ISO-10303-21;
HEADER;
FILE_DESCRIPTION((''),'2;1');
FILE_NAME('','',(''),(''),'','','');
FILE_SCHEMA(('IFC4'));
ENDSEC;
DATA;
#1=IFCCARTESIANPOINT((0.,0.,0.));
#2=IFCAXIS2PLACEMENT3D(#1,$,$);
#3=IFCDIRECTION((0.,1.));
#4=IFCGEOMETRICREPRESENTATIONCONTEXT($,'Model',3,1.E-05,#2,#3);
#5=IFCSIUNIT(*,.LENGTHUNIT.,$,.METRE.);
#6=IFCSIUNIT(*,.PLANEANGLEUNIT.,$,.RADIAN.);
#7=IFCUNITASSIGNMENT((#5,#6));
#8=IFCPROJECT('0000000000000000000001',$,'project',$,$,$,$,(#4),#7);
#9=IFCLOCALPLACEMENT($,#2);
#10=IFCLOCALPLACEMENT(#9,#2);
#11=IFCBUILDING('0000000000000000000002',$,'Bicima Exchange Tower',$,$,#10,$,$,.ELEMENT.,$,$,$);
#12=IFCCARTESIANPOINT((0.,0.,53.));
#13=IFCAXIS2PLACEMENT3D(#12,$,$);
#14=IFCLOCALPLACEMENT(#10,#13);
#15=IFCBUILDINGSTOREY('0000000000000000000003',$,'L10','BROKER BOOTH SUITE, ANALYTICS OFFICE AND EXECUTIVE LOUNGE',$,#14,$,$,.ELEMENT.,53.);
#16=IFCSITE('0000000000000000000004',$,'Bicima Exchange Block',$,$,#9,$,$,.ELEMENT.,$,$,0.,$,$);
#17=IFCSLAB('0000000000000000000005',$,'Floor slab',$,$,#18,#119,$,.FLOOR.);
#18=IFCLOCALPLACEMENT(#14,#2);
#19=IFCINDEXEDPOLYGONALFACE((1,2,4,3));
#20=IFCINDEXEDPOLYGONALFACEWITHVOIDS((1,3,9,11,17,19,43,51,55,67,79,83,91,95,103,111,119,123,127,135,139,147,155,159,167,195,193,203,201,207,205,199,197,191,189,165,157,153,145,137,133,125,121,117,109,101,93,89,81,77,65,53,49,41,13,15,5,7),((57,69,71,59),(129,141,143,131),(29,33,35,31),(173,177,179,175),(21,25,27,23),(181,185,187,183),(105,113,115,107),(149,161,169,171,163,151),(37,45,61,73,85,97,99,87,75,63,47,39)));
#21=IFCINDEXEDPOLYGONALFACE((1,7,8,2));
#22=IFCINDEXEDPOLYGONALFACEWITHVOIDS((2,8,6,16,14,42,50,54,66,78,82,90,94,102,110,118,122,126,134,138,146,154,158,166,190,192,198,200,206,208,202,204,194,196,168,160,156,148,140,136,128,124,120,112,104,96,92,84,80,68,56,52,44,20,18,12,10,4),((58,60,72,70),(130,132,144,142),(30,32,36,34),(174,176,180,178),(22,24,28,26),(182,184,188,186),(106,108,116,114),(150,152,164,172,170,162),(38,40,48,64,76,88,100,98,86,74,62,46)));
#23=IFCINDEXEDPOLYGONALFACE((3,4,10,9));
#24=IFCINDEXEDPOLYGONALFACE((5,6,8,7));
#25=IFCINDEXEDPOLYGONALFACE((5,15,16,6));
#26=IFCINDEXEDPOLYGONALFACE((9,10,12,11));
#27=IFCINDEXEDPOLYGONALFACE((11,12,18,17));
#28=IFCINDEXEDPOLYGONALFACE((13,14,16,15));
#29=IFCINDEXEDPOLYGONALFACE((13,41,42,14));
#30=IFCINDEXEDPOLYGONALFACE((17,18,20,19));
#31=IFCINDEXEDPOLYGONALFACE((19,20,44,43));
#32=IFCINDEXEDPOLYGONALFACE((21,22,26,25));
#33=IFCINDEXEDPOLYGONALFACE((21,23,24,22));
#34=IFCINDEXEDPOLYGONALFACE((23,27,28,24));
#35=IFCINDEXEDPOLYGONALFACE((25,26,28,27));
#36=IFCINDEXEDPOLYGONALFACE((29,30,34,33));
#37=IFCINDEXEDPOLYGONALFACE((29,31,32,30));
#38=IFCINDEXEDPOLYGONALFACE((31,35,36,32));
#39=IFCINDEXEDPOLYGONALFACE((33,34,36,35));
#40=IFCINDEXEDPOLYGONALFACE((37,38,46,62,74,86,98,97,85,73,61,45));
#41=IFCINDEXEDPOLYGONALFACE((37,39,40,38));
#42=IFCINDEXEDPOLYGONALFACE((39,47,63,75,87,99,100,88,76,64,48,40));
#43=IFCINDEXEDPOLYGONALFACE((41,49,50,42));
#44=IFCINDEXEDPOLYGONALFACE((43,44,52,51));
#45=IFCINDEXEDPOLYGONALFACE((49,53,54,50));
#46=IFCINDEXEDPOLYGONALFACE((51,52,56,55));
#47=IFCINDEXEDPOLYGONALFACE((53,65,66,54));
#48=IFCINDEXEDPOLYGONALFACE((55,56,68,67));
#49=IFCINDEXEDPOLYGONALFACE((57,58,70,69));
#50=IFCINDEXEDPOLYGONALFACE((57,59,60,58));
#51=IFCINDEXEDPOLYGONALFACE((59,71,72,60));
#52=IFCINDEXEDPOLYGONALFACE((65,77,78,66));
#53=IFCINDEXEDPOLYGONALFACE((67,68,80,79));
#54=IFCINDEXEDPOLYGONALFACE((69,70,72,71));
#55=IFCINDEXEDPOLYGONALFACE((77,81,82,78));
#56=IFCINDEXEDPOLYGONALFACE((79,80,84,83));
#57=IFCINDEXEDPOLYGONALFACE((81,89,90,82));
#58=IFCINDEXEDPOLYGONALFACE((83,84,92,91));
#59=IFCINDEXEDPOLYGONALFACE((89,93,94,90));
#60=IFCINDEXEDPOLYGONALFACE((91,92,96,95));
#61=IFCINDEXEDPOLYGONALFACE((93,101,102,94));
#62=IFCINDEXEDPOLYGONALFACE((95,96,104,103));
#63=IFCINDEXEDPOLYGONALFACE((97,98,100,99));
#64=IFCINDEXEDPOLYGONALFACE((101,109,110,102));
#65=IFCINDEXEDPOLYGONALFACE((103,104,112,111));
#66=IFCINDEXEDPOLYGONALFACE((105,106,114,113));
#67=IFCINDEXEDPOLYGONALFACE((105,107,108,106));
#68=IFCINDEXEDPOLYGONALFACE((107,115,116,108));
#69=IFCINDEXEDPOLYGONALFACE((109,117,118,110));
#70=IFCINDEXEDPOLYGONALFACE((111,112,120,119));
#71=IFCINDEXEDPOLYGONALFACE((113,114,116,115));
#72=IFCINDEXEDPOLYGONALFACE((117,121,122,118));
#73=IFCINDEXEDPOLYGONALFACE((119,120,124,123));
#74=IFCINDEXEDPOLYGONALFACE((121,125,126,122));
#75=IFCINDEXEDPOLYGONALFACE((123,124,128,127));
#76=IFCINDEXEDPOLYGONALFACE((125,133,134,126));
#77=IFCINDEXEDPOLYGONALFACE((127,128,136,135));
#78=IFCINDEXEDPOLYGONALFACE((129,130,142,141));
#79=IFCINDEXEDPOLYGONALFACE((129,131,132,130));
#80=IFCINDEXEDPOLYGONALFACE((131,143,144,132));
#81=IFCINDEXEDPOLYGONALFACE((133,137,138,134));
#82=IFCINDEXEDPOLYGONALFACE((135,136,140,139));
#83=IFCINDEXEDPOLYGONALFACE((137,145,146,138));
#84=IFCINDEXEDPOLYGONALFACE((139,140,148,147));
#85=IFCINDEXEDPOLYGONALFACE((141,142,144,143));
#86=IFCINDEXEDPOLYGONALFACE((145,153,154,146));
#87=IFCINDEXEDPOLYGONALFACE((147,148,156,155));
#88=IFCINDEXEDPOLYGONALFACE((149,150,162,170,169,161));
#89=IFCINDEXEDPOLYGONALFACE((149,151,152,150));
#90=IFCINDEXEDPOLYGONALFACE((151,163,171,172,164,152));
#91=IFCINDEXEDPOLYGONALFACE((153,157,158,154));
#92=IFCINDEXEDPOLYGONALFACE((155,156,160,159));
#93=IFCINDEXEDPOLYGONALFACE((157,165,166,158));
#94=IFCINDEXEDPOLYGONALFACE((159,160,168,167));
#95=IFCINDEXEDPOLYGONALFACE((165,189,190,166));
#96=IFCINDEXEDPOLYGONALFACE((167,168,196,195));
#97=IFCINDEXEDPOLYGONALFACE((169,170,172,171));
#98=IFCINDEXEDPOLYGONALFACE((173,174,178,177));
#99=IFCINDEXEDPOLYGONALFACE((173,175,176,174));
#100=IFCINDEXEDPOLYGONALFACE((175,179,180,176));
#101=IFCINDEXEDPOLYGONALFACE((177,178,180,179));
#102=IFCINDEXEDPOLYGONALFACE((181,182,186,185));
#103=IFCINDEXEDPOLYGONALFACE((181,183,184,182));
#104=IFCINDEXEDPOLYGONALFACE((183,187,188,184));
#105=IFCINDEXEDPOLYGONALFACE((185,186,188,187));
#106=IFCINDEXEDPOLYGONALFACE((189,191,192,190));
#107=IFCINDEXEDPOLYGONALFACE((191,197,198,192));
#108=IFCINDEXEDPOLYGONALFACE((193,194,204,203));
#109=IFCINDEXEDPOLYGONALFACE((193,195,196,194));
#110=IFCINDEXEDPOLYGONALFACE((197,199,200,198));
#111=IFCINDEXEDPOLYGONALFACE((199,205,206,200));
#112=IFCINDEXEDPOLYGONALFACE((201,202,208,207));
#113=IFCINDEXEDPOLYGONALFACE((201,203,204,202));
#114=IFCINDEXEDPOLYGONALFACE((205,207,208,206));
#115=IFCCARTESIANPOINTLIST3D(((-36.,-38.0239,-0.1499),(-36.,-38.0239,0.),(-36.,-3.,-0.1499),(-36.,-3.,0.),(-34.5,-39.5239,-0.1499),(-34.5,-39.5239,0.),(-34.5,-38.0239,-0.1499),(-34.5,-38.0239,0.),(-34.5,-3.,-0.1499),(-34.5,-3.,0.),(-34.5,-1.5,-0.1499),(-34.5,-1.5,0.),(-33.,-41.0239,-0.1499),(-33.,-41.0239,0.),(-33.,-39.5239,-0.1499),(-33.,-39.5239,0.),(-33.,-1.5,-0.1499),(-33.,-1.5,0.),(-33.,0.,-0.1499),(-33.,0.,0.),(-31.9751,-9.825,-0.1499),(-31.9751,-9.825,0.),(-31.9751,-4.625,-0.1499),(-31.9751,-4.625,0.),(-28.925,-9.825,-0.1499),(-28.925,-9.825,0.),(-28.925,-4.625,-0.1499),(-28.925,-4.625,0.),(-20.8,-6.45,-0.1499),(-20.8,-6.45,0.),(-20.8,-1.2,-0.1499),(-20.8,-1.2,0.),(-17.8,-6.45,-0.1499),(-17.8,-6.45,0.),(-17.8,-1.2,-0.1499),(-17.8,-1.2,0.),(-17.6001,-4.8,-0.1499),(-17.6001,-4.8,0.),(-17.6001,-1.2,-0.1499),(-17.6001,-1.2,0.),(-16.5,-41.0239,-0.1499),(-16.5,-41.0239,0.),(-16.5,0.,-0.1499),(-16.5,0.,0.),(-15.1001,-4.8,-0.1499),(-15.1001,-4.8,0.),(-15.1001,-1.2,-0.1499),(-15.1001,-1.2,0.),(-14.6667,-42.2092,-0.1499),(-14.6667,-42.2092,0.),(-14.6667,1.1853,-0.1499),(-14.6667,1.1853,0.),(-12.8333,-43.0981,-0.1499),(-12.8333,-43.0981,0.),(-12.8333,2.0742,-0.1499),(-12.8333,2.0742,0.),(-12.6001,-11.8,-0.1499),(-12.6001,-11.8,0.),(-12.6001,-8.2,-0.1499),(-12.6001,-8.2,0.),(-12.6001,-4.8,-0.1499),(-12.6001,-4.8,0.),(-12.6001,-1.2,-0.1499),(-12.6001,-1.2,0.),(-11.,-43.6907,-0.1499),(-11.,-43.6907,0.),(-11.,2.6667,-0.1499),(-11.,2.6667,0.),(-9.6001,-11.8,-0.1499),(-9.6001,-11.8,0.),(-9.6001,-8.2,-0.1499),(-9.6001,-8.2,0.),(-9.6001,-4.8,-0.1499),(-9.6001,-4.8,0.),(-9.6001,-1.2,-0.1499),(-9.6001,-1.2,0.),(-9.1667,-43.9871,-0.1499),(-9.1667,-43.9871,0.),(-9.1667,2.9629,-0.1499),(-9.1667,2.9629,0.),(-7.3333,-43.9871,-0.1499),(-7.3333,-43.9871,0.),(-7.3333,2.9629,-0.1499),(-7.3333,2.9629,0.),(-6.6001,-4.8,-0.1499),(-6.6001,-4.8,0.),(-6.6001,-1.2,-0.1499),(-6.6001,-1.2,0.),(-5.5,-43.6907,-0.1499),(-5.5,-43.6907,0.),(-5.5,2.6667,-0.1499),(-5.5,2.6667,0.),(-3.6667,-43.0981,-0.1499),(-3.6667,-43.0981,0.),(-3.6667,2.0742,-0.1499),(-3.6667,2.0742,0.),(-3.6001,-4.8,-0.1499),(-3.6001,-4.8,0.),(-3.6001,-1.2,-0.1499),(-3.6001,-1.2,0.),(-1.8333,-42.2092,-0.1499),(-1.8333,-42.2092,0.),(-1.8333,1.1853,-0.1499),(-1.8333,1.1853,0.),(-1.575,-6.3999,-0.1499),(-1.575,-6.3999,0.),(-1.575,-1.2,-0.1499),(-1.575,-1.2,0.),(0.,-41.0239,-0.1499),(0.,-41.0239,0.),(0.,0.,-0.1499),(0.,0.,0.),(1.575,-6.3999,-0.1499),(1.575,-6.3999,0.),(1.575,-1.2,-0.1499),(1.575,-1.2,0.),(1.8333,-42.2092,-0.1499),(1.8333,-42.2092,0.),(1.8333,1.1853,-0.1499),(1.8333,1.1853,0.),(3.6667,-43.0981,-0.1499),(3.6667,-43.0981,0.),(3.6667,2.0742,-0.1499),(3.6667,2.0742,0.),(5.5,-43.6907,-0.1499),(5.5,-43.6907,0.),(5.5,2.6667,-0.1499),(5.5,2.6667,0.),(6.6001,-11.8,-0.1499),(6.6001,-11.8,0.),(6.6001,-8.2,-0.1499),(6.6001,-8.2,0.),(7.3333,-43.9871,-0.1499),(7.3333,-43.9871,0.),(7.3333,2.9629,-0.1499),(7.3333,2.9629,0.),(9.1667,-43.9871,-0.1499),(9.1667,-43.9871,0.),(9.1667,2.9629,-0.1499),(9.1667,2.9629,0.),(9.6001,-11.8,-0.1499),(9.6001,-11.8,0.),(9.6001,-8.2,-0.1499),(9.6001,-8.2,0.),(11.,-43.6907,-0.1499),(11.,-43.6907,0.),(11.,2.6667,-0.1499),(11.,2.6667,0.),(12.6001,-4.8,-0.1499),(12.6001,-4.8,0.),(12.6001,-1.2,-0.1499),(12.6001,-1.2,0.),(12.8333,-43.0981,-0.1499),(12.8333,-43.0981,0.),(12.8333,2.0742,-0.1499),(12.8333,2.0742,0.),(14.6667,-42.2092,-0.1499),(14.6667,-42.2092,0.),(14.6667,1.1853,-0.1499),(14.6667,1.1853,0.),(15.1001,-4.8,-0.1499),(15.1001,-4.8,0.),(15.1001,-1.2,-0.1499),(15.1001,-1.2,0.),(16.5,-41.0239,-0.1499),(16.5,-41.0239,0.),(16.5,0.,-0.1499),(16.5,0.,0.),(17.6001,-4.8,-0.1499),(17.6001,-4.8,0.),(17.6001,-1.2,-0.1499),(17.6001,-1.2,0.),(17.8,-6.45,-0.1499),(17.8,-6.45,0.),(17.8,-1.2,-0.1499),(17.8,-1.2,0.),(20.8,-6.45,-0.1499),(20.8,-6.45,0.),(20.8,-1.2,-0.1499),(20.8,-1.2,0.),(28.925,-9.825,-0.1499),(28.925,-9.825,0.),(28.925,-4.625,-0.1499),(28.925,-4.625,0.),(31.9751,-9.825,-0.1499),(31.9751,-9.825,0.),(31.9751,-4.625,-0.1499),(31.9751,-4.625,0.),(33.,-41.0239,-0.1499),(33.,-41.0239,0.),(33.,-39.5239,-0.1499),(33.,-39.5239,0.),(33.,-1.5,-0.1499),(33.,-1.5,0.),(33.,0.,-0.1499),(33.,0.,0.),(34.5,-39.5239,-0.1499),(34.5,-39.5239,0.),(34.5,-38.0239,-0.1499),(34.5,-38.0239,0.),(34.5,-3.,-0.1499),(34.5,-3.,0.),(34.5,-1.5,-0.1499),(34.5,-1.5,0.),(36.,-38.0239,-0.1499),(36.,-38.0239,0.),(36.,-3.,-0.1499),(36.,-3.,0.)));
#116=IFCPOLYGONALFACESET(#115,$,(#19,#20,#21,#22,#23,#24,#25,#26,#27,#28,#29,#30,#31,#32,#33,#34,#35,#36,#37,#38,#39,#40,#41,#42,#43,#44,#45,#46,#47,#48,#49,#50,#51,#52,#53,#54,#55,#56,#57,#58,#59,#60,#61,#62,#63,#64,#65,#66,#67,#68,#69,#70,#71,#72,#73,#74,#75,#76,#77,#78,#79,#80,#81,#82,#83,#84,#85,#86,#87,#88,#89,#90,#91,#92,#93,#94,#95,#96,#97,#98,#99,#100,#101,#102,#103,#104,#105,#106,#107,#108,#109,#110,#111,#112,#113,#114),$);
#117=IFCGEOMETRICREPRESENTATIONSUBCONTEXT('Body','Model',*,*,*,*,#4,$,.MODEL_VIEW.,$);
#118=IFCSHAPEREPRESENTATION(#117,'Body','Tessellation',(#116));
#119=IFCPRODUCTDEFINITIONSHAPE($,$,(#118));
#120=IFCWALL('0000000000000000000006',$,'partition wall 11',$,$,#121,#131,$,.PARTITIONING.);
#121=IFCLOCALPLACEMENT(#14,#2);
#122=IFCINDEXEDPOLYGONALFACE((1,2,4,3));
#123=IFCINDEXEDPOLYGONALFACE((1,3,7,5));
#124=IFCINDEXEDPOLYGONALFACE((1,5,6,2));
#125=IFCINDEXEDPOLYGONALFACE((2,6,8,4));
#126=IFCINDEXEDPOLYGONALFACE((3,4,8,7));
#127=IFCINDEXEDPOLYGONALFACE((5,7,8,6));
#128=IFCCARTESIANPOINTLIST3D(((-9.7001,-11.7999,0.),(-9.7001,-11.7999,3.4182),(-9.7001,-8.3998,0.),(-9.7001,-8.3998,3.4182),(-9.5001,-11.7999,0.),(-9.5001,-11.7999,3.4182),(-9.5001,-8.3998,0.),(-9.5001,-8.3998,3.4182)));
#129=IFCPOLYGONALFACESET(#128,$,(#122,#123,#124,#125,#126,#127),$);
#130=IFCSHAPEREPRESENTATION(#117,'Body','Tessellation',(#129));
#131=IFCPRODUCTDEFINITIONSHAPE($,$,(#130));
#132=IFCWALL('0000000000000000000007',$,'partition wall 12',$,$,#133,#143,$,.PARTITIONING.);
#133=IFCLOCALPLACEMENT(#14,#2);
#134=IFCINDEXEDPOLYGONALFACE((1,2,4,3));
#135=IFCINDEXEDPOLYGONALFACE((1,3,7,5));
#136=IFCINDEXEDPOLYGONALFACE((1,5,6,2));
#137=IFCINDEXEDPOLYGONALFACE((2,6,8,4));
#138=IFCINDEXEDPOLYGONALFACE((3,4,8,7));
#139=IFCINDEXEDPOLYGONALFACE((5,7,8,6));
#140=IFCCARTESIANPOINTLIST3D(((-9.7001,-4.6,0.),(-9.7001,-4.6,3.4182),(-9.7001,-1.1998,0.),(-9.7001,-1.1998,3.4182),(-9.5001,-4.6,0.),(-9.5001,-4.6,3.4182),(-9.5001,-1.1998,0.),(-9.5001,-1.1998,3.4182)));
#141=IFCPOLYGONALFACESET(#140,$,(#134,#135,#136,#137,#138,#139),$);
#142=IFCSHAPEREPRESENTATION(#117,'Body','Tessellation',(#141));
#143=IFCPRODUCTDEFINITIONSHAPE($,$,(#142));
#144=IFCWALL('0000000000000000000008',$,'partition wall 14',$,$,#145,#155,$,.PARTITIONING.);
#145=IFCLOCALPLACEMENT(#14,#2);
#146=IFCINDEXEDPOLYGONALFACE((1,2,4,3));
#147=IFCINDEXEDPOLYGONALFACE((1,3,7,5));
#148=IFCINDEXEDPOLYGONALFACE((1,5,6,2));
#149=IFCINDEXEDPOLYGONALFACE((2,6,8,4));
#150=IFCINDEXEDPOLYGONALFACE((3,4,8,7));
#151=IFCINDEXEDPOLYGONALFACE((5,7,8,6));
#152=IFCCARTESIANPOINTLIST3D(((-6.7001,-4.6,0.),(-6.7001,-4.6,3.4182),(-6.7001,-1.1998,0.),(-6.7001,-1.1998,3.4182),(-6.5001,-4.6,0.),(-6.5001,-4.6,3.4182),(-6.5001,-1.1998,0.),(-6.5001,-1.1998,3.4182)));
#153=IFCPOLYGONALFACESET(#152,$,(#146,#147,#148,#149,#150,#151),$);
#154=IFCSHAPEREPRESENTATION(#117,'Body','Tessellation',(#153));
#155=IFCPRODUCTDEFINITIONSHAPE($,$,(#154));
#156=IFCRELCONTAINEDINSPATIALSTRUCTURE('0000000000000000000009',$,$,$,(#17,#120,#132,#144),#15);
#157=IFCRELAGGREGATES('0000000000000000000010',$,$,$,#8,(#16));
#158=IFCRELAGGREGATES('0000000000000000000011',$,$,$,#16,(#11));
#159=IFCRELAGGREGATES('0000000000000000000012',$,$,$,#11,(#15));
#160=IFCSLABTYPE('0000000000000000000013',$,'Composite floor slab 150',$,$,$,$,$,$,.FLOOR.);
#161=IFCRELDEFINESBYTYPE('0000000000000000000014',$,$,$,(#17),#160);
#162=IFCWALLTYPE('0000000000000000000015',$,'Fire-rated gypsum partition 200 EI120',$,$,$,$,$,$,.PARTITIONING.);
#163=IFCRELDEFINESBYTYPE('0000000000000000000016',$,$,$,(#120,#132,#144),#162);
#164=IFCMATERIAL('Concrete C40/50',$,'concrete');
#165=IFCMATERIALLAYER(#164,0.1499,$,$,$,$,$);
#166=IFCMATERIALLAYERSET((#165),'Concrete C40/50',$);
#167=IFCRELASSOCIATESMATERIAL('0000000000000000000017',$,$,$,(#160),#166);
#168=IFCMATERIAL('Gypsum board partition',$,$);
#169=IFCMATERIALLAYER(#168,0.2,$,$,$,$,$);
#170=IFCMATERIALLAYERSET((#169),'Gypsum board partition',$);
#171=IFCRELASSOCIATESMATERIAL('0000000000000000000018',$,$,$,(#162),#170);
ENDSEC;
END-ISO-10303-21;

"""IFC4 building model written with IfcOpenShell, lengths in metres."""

from ifc_helpers import new_model, si_unit, direction, frame, frame_2d, origin, place, context, subcontext, project, spatial, polyline, rectangle, outline, extrude, material, layer, layer_set, type_object, element, save


model = new_model("IFC4")

# Units and contexts
model_context = context("Model", 3, precision=1e-05, world=origin(), true_north=direction((0.0, 1.0)))
body_context = subcontext(model_context, "Body", "Model", "MODEL_VIEW")
ifc_project = project(units=[si_unit("LENGTHUNIT", "METRE"), si_unit("PLANEANGLEUNIT", "RADIAN")], contexts=[model_context])

# Site, building, storey
site_placement = place(None, origin())
site = spatial("IfcSite", under=ifc_project, at=site_placement, Name="Bicima Exchange Block", CompositionType="ELEMENT", RefElevation=0.0)
building_placement = place(site_placement, origin())
building = spatial("IfcBuilding", under=site, at=building_placement, Name="Bicima Exchange Tower", CompositionType="ELEMENT")
storey_placement = place(building_placement, frame((0.0, 0.0, 53.0)))
storey = spatial("IfcBuildingStorey", under=building, at=storey_placement, Name="L10", Description="BROKER BOOTH SUITE, ANALYTICS OFFICE AND EXECUTIVE LOUNGE", CompositionType="ELEMENT", Elevation=53.0)

# Slab
ifc_material_1 = material(Name="Concrete C40/50", Category="concrete")
ifc_layer_1 = layer(ifc_material_1, 0.1499)
ifc_layer_set_1 = layer_set([ifc_layer_1], Name="Concrete C40/50")
slab_type = type_object("IfcSlabType", Name="Composite floor slab 150", PredefinedType="FLOOR", material=ifc_layer_set_1)
slab_placement = place(storey_placement, frame((0.0, 0.0, -0.1499)))
element("IfcSlab", 1, at=slab_placement, inside=storey, type_object=slab_type, Name="Floor slab", PredefinedType="FLOOR", context=body_context, shape_type="SweptSolid", body=[
    extrude(outline(polyline([(-36.0, -38.0239), (-36.0, -3.0), (-34.5, -3.0), (-34.5, -1.5), (-33.0, -1.5), (-33.0, 0.0), (-16.5, 0.0), (-14.6667, 1.1853), (-12.8333, 2.0742), (-11.0, 2.6667), (-9.1667, 2.9629), (-7.3333, 2.9629), (-5.5, 2.6667), (-3.6667, 2.0742), (-1.8333, 1.1853), (0.0, 0.0), (1.8333, 1.1853), (3.6667, 2.0742), (5.5, 2.6667), (7.3333, 2.9629), (9.1667, 2.9629), (11.0, 2.6667), (12.8333, 2.0742), (14.6667, 1.1853), (16.5, 0.0), (33.0, 0.0), (33.0, -1.5), (34.5, -1.5), (34.5, -3.0), (36.0, -3.0), (36.0, -38.0239), (34.5, -38.0239), (34.5, -39.5239), (33.0, -39.5239), (33.0, -41.0239), (16.5, -41.0239), (14.6667, -42.2092), (12.8333, -43.0981), (11.0, -43.6907), (9.1667, -43.9871), (7.3333, -43.9871), (5.5, -43.6907), (3.6667, -43.0981), (1.8333, -42.2092), (0.0, -41.0239), (-1.8333, -42.2092), (-3.6667, -43.0981), (-5.5, -43.6907), (-7.3333, -43.9871), (-9.1667, -43.9871), (-11.0, -43.6907), (-12.8333, -43.0981), (-14.6667, -42.2092), (-16.5, -41.0239), (-33.0, -41.0239), (-33.0, -39.5239), (-34.5, -39.5239), (-34.5, -38.0239), (-36.0, -38.0239)]), holes=[polyline([(-9.6001, -11.8), (-9.6001, -8.2), (-12.6001, -8.2), (-12.6001, -11.8), (-9.6001, -11.8)]), polyline([(-31.9751, -9.825), (-28.925, -9.825), (-28.925, -4.625), (-31.9751, -4.625), (-31.9751, -9.825)]), polyline([(-20.8, -6.45), (-17.8, -6.45), (-17.8, -1.2), (-20.8, -1.2), (-20.8, -6.45)]), polyline([(-9.6001, -1.2), (-12.6001, -1.2), (-15.1001, -1.2), (-17.6001, -1.2), (-17.6001, -4.8), (-15.1001, -4.8), (-12.6001, -4.8), (-9.6001, -4.8), (-6.6001, -4.8), (-3.6001, -4.8), (-3.6001, -1.2), (-6.6001, -1.2), (-9.6001, -1.2)]), polyline([(9.6001, -11.8), (9.6001, -8.2), (6.6001, -8.2), (6.6001, -11.8), (9.6001, -11.8)]), polyline([(28.925, -9.825), (31.9751, -9.825), (31.9751, -4.625), (28.925, -4.625), (28.925, -9.825)]), polyline([(17.8, -6.45), (20.8, -6.45), (20.8, -1.2), (17.8, -1.2), (17.8, -6.45)]), polyline([(-1.575, -6.3999), (1.575, -6.3999), (1.575, -1.2), (-1.575, -1.2), (-1.575, -6.3999)]), polyline([(17.6001, -4.8), (17.6001, -1.2), (15.1001, -1.2), (12.6001, -1.2), (12.6001, -4.8), (15.1001, -4.8), (17.6001, -4.8)])]), origin(), (0.0, 0.0, 1.0), 0.1499),
])

# Walls
ifc_material_2 = material(Name="Gypsum board partition")
ifc_layer_2 = layer(ifc_material_2, 0.2)
ifc_layer_set_2 = layer_set([ifc_layer_2], Name="Gypsum board partition")
wall_type_1 = type_object("IfcWallType", Name="Fire-rated gypsum partition 200 EI120", PredefinedType="PARTITIONING", material=ifc_layer_set_2)
for number, where, z_axis, x_axis, name in (
    (2, (-9.6001, -11.8, 0.0), (0.0, 0.0, 1.0), (0.0, 1.0, 0.0), "partition wall 11"),
    (3, (-9.6001, -4.6001, 0.0), (0.0, 0.0, 1.0), (0.0, 1.0, 0.0), "partition wall 12"),
    (4, (-6.6001, -4.6001, 0.0), (0.0, 0.0, 1.0), (0.0, 1.0, 0.0), "partition wall 14"),
):
    element("IfcWall", number, at=place(storey_placement, frame(where, z_axis=z_axis, x_axis=x_axis)), inside=storey, type_object=wall_type_1, Name=name, PredefinedType="PARTITIONING", context=body_context, shape_type="SweptSolid", body=[
        extrude(rectangle(XDim=3.4001, YDim=0.2, at=frame_2d((1.7002, 0.0))), origin(), (0.0, 0.0, 1.0), 3.4182),
    ])

save(model, "model.ifc")
